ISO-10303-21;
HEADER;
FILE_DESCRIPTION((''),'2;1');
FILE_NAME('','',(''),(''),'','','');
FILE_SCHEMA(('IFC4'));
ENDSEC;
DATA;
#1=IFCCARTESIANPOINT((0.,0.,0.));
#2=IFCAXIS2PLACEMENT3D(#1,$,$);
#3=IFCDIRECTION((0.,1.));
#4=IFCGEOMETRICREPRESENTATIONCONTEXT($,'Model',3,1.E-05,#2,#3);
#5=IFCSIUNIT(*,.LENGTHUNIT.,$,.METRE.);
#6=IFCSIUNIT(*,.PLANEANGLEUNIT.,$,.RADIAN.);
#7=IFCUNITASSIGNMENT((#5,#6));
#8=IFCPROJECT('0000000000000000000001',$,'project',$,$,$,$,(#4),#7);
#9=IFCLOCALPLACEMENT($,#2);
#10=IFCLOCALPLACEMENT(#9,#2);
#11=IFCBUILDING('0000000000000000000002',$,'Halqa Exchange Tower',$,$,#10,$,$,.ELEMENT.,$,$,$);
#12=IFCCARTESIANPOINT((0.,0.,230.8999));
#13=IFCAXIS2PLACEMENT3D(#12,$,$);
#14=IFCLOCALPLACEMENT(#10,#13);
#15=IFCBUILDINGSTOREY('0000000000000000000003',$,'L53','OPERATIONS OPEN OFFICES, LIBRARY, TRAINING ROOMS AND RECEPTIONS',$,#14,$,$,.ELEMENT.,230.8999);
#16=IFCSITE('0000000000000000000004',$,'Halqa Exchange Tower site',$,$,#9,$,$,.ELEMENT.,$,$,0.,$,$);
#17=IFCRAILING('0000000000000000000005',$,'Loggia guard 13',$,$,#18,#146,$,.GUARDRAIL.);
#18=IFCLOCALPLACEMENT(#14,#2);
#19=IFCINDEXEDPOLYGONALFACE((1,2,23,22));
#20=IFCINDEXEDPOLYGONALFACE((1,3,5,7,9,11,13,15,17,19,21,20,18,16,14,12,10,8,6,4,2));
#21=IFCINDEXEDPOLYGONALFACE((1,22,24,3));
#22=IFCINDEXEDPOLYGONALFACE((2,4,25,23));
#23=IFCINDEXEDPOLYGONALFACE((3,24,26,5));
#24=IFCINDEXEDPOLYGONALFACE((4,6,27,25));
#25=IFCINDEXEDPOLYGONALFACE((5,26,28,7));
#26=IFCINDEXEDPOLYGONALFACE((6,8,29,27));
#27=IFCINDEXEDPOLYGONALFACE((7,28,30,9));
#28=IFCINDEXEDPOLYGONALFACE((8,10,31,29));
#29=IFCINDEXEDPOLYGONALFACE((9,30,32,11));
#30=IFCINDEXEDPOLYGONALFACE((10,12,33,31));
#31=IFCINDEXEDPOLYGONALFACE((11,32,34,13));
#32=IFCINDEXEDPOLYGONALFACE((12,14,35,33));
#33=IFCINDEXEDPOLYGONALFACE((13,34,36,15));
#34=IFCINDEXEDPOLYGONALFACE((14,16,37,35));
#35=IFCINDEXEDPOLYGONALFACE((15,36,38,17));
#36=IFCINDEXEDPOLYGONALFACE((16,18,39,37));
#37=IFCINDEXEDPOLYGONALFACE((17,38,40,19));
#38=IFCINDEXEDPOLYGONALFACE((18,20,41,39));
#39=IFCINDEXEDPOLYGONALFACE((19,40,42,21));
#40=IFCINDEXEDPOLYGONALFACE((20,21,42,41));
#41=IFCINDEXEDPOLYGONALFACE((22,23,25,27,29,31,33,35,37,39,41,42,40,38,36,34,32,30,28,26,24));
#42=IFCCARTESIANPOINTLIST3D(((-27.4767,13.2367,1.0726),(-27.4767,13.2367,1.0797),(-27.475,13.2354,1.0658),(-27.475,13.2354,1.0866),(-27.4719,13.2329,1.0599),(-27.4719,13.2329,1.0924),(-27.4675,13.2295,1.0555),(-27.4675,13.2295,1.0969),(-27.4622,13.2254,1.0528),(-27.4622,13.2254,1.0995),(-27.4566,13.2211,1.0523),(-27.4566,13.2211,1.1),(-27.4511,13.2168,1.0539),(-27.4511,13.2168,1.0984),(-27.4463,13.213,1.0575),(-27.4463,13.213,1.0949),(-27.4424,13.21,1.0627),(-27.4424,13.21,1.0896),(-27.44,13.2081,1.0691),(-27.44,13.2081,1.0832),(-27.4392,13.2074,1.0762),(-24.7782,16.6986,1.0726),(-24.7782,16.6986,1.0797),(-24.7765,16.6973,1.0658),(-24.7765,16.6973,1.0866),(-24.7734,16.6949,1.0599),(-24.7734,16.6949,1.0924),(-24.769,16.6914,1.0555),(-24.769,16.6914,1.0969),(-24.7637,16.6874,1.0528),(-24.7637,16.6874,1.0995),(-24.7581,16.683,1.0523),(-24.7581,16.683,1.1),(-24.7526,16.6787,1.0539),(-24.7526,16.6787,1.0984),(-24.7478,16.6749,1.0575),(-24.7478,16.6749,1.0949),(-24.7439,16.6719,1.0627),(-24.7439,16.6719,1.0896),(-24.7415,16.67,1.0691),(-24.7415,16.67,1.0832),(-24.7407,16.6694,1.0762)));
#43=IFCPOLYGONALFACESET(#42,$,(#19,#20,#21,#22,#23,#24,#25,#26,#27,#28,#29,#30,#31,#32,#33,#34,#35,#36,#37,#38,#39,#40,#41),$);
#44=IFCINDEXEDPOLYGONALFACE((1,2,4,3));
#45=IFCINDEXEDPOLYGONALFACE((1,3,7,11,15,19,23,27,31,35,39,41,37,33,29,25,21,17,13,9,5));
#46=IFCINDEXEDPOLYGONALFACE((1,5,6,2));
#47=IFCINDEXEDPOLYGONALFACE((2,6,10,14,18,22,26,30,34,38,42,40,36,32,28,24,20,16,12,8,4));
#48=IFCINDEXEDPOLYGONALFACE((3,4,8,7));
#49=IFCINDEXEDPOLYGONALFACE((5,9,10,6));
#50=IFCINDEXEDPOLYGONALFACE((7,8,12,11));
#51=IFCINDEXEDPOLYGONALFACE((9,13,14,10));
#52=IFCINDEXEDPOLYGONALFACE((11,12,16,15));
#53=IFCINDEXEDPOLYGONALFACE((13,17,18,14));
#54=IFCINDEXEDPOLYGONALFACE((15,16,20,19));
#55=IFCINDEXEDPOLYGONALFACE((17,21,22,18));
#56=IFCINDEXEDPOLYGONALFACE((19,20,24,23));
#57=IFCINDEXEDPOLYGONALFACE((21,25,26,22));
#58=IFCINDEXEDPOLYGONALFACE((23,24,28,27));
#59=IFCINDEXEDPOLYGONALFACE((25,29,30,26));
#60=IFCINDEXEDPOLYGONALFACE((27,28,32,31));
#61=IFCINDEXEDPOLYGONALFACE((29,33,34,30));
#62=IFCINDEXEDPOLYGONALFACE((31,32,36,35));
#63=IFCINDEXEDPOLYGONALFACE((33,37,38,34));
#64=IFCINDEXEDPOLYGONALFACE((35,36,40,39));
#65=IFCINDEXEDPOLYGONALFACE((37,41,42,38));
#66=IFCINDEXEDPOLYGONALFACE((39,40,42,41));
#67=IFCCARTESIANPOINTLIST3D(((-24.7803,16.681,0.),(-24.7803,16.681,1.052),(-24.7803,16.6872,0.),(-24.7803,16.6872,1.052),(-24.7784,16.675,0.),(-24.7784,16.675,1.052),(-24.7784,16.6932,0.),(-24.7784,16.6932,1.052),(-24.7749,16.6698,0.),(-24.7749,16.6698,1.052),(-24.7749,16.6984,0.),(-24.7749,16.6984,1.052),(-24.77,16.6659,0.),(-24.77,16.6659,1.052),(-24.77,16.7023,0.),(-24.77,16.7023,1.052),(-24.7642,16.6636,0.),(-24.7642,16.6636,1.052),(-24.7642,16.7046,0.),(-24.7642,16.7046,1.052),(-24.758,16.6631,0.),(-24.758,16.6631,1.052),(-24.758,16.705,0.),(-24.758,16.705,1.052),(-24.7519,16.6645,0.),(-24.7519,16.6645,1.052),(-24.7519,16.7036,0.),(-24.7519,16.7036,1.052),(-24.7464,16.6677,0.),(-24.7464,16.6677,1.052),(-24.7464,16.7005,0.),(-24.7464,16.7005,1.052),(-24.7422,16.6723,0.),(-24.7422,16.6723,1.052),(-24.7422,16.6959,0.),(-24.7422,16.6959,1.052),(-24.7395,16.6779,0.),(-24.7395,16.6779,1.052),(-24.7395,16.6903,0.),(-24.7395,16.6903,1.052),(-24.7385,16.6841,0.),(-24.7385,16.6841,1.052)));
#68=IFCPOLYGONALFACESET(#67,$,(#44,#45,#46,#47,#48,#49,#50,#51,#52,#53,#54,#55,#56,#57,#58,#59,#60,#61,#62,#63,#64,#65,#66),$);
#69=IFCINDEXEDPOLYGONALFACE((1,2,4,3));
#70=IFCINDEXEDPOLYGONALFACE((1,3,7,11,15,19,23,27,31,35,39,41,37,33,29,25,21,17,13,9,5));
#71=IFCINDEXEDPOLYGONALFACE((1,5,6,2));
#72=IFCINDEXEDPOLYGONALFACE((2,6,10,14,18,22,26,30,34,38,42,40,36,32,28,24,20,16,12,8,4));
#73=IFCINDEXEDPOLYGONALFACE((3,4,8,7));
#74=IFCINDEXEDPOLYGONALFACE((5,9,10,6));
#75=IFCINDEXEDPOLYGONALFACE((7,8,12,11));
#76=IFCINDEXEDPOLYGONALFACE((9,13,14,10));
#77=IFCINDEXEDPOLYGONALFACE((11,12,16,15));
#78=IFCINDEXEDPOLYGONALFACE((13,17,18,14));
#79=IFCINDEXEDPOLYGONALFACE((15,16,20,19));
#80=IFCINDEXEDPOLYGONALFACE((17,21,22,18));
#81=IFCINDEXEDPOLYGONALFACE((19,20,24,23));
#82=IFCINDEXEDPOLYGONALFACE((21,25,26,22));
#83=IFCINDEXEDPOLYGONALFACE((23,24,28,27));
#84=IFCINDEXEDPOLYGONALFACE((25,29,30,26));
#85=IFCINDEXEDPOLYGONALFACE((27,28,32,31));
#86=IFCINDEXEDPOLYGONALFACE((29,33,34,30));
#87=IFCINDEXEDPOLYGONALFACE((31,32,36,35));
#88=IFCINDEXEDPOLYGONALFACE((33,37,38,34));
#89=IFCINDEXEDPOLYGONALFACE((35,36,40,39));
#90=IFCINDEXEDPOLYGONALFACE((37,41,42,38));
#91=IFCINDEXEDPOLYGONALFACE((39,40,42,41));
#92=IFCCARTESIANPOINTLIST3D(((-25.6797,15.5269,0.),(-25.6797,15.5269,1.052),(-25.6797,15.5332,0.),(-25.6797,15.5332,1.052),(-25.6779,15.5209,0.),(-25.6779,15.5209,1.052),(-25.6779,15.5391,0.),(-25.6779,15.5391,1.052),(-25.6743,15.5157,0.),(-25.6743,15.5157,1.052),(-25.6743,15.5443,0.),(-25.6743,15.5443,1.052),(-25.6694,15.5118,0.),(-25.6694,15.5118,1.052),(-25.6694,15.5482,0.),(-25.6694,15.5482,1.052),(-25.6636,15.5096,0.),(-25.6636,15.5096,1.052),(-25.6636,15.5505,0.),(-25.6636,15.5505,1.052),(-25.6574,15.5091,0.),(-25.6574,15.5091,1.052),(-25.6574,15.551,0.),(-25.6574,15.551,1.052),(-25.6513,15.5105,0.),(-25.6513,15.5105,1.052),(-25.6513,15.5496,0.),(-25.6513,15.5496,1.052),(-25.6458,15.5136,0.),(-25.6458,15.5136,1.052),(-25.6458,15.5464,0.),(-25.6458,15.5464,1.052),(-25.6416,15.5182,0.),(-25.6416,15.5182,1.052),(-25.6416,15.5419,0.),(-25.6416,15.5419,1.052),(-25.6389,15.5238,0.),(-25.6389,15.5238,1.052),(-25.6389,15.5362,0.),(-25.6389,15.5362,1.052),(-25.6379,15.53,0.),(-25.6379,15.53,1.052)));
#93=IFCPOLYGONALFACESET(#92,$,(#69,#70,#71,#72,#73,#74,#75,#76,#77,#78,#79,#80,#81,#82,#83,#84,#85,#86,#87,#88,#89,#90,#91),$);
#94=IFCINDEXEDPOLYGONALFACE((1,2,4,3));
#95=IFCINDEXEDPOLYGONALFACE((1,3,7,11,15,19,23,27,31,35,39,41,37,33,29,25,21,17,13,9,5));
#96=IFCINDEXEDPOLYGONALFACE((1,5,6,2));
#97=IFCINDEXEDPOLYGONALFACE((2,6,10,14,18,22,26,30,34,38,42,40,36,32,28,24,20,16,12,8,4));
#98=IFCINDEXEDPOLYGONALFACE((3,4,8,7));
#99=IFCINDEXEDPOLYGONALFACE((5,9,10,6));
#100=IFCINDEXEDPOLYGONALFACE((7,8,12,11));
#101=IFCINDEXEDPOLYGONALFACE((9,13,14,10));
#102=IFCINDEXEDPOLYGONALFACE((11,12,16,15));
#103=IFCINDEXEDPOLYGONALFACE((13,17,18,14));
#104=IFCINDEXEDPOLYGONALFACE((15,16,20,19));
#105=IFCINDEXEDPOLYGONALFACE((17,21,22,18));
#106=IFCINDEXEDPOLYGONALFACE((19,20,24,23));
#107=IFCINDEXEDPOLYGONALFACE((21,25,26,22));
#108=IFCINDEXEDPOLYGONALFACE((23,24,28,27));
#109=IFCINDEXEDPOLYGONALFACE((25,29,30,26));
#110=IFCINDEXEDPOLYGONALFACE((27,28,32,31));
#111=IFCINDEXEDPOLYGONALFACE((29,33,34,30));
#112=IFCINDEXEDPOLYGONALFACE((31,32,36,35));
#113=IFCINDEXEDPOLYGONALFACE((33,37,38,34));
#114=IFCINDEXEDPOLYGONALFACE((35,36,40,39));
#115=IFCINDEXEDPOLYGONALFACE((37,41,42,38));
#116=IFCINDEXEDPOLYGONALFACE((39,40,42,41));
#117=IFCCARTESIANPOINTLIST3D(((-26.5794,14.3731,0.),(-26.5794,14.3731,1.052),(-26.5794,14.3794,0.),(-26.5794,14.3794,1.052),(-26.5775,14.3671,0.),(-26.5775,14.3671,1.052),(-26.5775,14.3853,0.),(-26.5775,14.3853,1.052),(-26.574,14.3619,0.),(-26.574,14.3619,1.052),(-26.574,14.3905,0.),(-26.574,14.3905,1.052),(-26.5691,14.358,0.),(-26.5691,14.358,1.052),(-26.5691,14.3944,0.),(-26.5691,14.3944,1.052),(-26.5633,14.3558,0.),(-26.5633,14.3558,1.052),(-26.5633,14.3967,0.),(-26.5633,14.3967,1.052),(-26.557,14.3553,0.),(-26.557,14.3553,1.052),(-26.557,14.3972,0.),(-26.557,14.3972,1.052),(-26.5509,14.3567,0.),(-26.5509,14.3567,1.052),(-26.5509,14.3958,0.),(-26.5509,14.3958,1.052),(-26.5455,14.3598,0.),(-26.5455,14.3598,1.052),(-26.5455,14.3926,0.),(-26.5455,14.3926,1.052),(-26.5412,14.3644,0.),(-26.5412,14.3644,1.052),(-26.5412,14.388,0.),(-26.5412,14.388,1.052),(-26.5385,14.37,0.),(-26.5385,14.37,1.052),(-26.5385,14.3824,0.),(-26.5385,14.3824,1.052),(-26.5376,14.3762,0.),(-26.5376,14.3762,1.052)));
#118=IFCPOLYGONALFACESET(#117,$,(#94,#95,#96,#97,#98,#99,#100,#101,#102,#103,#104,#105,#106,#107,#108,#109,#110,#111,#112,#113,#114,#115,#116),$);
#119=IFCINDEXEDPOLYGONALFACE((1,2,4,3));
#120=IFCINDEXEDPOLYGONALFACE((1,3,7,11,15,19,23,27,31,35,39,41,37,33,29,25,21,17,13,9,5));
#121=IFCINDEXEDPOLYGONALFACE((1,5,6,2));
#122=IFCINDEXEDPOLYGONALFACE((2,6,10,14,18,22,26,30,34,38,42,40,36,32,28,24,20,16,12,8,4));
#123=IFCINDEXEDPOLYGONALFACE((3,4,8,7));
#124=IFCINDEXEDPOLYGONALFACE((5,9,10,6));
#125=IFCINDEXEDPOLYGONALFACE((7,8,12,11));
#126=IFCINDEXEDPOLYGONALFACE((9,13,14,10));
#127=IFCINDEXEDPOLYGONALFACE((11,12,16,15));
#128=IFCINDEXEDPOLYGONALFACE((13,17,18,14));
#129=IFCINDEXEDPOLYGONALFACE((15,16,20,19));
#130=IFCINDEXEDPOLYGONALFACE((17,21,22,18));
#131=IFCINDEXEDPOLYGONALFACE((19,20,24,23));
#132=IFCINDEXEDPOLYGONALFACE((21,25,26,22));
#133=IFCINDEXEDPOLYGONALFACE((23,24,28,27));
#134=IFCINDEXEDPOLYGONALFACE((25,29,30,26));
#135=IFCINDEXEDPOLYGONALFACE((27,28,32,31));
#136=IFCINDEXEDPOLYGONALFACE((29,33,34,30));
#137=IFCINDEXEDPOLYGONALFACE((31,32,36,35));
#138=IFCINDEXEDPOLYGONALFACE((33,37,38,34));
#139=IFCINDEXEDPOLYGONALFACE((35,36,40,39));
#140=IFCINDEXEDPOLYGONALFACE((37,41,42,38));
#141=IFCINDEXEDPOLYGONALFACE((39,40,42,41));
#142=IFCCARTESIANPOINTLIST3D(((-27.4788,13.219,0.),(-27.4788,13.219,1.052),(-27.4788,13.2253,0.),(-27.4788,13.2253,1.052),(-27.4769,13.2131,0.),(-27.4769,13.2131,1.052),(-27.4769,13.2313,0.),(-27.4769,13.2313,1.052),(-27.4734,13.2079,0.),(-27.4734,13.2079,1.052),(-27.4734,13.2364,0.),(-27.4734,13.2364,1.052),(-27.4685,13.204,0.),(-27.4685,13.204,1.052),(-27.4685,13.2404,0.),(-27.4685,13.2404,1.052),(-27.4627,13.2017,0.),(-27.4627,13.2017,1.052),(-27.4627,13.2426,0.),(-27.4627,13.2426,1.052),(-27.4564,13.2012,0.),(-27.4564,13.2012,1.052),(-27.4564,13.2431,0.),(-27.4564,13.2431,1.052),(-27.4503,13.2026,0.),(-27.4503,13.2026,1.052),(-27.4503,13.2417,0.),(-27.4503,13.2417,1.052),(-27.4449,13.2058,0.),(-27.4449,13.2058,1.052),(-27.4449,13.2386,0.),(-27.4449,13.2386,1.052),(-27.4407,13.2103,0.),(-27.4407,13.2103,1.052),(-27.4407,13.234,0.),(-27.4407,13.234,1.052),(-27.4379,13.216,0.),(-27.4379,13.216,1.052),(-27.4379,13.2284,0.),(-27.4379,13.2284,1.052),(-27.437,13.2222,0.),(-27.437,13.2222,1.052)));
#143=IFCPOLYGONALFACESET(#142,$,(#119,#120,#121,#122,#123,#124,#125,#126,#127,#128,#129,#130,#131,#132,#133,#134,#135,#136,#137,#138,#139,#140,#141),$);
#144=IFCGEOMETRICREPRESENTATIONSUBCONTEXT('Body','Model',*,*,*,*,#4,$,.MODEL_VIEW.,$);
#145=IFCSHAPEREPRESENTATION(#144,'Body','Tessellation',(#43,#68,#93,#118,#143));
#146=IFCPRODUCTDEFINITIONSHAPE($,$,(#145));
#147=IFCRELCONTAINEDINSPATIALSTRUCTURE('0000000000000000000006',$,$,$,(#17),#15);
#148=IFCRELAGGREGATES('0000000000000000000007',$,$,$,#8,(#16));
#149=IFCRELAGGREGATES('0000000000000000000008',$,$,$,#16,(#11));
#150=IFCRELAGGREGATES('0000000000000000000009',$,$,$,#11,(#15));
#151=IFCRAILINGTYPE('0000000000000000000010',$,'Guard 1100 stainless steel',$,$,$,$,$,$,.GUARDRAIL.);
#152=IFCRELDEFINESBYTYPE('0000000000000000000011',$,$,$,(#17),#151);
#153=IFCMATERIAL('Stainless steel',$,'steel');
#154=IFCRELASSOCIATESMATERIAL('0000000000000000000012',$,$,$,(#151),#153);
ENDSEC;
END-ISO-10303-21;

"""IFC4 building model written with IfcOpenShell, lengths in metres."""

from ifc_helpers import new_model, si_unit, direction, frame, origin, origin_2d, place, context, subcontext, project, spatial, circle, extrude, material, type_object, element, save


model = new_model("IFC4")

# Units and contexts
model_context = context("Model", 3, precision=1e-05, world=origin(), true_north=direction((0.0, 1.0)))
body_context = subcontext(model_context, "Body", "Model", "MODEL_VIEW")
ifc_project = project(units=[si_unit("LENGTHUNIT", "METRE"), si_unit("PLANEANGLEUNIT", "RADIAN")], contexts=[model_context])

# Site, building, storey
site_placement = place(None, origin())
site = spatial("IfcSite", under=ifc_project, at=site_placement, Name="Halqa Exchange Tower site", CompositionType="ELEMENT", RefElevation=0.0)
building_placement = place(site_placement, origin())
building = spatial("IfcBuilding", under=site, at=building_placement, Name="Halqa Exchange Tower", CompositionType="ELEMENT")
storey_placement = place(building_placement, frame((0.0, 0.0, 230.8999)))
storey = spatial("IfcBuildingStorey", under=building, at=storey_placement, Name="L53", Description="OPERATIONS OPEN OFFICES, LIBRARY, TRAINING ROOMS AND RECEPTIONS", CompositionType="ELEMENT", Elevation=230.8999)

# Railing
ifc_material_1 = material(Name="Stainless steel", Category="steel")
railing_type = type_object("IfcRailingType", Name="Guard 1100 stainless steel", PredefinedType="GUARDRAIL", material=ifc_material_1)
railing_1_placement = place(storey_placement, frame((-24.7595, 16.6841, 0.0)))
element("IfcRailing", 1, at=railing_1_placement, inside=storey, type_object=railing_type, Name="Loggia guard 13", PredefinedType="GUARDRAIL", context=body_context, shape_type="SweptSolid", body=[
    extrude(circle(Radius=0.0239, at=origin_2d()), frame((0.0, 0.0, 1.0762), z_axis=(-0.614776, -0.788702, 0.0), x_axis=(0.788702, -0.614776, 0.0)), (0.0, 0.0, 1.0), 4.3894),
    extrude(circle(Radius=0.021, at=origin_2d()), origin(), (0.0, 0.0, 1.0), 1.052),
    extrude(circle(Radius=0.021, at=origin_2d()), frame((-0.8994, -1.1541, 0.0)), (0.0, 0.0, 1.0), 1.052),
    extrude(circle(Radius=0.021, at=origin_2d()), frame((-1.7991, -2.3079, 0.0)), (0.0, 0.0, 1.0), 1.052),
    extrude(circle(Radius=0.021, at=origin_2d()), frame((-2.6985, -3.4619, 0.0)), (0.0, 0.0, 1.0), 1.052),
])

save(model, "model.ifc")
